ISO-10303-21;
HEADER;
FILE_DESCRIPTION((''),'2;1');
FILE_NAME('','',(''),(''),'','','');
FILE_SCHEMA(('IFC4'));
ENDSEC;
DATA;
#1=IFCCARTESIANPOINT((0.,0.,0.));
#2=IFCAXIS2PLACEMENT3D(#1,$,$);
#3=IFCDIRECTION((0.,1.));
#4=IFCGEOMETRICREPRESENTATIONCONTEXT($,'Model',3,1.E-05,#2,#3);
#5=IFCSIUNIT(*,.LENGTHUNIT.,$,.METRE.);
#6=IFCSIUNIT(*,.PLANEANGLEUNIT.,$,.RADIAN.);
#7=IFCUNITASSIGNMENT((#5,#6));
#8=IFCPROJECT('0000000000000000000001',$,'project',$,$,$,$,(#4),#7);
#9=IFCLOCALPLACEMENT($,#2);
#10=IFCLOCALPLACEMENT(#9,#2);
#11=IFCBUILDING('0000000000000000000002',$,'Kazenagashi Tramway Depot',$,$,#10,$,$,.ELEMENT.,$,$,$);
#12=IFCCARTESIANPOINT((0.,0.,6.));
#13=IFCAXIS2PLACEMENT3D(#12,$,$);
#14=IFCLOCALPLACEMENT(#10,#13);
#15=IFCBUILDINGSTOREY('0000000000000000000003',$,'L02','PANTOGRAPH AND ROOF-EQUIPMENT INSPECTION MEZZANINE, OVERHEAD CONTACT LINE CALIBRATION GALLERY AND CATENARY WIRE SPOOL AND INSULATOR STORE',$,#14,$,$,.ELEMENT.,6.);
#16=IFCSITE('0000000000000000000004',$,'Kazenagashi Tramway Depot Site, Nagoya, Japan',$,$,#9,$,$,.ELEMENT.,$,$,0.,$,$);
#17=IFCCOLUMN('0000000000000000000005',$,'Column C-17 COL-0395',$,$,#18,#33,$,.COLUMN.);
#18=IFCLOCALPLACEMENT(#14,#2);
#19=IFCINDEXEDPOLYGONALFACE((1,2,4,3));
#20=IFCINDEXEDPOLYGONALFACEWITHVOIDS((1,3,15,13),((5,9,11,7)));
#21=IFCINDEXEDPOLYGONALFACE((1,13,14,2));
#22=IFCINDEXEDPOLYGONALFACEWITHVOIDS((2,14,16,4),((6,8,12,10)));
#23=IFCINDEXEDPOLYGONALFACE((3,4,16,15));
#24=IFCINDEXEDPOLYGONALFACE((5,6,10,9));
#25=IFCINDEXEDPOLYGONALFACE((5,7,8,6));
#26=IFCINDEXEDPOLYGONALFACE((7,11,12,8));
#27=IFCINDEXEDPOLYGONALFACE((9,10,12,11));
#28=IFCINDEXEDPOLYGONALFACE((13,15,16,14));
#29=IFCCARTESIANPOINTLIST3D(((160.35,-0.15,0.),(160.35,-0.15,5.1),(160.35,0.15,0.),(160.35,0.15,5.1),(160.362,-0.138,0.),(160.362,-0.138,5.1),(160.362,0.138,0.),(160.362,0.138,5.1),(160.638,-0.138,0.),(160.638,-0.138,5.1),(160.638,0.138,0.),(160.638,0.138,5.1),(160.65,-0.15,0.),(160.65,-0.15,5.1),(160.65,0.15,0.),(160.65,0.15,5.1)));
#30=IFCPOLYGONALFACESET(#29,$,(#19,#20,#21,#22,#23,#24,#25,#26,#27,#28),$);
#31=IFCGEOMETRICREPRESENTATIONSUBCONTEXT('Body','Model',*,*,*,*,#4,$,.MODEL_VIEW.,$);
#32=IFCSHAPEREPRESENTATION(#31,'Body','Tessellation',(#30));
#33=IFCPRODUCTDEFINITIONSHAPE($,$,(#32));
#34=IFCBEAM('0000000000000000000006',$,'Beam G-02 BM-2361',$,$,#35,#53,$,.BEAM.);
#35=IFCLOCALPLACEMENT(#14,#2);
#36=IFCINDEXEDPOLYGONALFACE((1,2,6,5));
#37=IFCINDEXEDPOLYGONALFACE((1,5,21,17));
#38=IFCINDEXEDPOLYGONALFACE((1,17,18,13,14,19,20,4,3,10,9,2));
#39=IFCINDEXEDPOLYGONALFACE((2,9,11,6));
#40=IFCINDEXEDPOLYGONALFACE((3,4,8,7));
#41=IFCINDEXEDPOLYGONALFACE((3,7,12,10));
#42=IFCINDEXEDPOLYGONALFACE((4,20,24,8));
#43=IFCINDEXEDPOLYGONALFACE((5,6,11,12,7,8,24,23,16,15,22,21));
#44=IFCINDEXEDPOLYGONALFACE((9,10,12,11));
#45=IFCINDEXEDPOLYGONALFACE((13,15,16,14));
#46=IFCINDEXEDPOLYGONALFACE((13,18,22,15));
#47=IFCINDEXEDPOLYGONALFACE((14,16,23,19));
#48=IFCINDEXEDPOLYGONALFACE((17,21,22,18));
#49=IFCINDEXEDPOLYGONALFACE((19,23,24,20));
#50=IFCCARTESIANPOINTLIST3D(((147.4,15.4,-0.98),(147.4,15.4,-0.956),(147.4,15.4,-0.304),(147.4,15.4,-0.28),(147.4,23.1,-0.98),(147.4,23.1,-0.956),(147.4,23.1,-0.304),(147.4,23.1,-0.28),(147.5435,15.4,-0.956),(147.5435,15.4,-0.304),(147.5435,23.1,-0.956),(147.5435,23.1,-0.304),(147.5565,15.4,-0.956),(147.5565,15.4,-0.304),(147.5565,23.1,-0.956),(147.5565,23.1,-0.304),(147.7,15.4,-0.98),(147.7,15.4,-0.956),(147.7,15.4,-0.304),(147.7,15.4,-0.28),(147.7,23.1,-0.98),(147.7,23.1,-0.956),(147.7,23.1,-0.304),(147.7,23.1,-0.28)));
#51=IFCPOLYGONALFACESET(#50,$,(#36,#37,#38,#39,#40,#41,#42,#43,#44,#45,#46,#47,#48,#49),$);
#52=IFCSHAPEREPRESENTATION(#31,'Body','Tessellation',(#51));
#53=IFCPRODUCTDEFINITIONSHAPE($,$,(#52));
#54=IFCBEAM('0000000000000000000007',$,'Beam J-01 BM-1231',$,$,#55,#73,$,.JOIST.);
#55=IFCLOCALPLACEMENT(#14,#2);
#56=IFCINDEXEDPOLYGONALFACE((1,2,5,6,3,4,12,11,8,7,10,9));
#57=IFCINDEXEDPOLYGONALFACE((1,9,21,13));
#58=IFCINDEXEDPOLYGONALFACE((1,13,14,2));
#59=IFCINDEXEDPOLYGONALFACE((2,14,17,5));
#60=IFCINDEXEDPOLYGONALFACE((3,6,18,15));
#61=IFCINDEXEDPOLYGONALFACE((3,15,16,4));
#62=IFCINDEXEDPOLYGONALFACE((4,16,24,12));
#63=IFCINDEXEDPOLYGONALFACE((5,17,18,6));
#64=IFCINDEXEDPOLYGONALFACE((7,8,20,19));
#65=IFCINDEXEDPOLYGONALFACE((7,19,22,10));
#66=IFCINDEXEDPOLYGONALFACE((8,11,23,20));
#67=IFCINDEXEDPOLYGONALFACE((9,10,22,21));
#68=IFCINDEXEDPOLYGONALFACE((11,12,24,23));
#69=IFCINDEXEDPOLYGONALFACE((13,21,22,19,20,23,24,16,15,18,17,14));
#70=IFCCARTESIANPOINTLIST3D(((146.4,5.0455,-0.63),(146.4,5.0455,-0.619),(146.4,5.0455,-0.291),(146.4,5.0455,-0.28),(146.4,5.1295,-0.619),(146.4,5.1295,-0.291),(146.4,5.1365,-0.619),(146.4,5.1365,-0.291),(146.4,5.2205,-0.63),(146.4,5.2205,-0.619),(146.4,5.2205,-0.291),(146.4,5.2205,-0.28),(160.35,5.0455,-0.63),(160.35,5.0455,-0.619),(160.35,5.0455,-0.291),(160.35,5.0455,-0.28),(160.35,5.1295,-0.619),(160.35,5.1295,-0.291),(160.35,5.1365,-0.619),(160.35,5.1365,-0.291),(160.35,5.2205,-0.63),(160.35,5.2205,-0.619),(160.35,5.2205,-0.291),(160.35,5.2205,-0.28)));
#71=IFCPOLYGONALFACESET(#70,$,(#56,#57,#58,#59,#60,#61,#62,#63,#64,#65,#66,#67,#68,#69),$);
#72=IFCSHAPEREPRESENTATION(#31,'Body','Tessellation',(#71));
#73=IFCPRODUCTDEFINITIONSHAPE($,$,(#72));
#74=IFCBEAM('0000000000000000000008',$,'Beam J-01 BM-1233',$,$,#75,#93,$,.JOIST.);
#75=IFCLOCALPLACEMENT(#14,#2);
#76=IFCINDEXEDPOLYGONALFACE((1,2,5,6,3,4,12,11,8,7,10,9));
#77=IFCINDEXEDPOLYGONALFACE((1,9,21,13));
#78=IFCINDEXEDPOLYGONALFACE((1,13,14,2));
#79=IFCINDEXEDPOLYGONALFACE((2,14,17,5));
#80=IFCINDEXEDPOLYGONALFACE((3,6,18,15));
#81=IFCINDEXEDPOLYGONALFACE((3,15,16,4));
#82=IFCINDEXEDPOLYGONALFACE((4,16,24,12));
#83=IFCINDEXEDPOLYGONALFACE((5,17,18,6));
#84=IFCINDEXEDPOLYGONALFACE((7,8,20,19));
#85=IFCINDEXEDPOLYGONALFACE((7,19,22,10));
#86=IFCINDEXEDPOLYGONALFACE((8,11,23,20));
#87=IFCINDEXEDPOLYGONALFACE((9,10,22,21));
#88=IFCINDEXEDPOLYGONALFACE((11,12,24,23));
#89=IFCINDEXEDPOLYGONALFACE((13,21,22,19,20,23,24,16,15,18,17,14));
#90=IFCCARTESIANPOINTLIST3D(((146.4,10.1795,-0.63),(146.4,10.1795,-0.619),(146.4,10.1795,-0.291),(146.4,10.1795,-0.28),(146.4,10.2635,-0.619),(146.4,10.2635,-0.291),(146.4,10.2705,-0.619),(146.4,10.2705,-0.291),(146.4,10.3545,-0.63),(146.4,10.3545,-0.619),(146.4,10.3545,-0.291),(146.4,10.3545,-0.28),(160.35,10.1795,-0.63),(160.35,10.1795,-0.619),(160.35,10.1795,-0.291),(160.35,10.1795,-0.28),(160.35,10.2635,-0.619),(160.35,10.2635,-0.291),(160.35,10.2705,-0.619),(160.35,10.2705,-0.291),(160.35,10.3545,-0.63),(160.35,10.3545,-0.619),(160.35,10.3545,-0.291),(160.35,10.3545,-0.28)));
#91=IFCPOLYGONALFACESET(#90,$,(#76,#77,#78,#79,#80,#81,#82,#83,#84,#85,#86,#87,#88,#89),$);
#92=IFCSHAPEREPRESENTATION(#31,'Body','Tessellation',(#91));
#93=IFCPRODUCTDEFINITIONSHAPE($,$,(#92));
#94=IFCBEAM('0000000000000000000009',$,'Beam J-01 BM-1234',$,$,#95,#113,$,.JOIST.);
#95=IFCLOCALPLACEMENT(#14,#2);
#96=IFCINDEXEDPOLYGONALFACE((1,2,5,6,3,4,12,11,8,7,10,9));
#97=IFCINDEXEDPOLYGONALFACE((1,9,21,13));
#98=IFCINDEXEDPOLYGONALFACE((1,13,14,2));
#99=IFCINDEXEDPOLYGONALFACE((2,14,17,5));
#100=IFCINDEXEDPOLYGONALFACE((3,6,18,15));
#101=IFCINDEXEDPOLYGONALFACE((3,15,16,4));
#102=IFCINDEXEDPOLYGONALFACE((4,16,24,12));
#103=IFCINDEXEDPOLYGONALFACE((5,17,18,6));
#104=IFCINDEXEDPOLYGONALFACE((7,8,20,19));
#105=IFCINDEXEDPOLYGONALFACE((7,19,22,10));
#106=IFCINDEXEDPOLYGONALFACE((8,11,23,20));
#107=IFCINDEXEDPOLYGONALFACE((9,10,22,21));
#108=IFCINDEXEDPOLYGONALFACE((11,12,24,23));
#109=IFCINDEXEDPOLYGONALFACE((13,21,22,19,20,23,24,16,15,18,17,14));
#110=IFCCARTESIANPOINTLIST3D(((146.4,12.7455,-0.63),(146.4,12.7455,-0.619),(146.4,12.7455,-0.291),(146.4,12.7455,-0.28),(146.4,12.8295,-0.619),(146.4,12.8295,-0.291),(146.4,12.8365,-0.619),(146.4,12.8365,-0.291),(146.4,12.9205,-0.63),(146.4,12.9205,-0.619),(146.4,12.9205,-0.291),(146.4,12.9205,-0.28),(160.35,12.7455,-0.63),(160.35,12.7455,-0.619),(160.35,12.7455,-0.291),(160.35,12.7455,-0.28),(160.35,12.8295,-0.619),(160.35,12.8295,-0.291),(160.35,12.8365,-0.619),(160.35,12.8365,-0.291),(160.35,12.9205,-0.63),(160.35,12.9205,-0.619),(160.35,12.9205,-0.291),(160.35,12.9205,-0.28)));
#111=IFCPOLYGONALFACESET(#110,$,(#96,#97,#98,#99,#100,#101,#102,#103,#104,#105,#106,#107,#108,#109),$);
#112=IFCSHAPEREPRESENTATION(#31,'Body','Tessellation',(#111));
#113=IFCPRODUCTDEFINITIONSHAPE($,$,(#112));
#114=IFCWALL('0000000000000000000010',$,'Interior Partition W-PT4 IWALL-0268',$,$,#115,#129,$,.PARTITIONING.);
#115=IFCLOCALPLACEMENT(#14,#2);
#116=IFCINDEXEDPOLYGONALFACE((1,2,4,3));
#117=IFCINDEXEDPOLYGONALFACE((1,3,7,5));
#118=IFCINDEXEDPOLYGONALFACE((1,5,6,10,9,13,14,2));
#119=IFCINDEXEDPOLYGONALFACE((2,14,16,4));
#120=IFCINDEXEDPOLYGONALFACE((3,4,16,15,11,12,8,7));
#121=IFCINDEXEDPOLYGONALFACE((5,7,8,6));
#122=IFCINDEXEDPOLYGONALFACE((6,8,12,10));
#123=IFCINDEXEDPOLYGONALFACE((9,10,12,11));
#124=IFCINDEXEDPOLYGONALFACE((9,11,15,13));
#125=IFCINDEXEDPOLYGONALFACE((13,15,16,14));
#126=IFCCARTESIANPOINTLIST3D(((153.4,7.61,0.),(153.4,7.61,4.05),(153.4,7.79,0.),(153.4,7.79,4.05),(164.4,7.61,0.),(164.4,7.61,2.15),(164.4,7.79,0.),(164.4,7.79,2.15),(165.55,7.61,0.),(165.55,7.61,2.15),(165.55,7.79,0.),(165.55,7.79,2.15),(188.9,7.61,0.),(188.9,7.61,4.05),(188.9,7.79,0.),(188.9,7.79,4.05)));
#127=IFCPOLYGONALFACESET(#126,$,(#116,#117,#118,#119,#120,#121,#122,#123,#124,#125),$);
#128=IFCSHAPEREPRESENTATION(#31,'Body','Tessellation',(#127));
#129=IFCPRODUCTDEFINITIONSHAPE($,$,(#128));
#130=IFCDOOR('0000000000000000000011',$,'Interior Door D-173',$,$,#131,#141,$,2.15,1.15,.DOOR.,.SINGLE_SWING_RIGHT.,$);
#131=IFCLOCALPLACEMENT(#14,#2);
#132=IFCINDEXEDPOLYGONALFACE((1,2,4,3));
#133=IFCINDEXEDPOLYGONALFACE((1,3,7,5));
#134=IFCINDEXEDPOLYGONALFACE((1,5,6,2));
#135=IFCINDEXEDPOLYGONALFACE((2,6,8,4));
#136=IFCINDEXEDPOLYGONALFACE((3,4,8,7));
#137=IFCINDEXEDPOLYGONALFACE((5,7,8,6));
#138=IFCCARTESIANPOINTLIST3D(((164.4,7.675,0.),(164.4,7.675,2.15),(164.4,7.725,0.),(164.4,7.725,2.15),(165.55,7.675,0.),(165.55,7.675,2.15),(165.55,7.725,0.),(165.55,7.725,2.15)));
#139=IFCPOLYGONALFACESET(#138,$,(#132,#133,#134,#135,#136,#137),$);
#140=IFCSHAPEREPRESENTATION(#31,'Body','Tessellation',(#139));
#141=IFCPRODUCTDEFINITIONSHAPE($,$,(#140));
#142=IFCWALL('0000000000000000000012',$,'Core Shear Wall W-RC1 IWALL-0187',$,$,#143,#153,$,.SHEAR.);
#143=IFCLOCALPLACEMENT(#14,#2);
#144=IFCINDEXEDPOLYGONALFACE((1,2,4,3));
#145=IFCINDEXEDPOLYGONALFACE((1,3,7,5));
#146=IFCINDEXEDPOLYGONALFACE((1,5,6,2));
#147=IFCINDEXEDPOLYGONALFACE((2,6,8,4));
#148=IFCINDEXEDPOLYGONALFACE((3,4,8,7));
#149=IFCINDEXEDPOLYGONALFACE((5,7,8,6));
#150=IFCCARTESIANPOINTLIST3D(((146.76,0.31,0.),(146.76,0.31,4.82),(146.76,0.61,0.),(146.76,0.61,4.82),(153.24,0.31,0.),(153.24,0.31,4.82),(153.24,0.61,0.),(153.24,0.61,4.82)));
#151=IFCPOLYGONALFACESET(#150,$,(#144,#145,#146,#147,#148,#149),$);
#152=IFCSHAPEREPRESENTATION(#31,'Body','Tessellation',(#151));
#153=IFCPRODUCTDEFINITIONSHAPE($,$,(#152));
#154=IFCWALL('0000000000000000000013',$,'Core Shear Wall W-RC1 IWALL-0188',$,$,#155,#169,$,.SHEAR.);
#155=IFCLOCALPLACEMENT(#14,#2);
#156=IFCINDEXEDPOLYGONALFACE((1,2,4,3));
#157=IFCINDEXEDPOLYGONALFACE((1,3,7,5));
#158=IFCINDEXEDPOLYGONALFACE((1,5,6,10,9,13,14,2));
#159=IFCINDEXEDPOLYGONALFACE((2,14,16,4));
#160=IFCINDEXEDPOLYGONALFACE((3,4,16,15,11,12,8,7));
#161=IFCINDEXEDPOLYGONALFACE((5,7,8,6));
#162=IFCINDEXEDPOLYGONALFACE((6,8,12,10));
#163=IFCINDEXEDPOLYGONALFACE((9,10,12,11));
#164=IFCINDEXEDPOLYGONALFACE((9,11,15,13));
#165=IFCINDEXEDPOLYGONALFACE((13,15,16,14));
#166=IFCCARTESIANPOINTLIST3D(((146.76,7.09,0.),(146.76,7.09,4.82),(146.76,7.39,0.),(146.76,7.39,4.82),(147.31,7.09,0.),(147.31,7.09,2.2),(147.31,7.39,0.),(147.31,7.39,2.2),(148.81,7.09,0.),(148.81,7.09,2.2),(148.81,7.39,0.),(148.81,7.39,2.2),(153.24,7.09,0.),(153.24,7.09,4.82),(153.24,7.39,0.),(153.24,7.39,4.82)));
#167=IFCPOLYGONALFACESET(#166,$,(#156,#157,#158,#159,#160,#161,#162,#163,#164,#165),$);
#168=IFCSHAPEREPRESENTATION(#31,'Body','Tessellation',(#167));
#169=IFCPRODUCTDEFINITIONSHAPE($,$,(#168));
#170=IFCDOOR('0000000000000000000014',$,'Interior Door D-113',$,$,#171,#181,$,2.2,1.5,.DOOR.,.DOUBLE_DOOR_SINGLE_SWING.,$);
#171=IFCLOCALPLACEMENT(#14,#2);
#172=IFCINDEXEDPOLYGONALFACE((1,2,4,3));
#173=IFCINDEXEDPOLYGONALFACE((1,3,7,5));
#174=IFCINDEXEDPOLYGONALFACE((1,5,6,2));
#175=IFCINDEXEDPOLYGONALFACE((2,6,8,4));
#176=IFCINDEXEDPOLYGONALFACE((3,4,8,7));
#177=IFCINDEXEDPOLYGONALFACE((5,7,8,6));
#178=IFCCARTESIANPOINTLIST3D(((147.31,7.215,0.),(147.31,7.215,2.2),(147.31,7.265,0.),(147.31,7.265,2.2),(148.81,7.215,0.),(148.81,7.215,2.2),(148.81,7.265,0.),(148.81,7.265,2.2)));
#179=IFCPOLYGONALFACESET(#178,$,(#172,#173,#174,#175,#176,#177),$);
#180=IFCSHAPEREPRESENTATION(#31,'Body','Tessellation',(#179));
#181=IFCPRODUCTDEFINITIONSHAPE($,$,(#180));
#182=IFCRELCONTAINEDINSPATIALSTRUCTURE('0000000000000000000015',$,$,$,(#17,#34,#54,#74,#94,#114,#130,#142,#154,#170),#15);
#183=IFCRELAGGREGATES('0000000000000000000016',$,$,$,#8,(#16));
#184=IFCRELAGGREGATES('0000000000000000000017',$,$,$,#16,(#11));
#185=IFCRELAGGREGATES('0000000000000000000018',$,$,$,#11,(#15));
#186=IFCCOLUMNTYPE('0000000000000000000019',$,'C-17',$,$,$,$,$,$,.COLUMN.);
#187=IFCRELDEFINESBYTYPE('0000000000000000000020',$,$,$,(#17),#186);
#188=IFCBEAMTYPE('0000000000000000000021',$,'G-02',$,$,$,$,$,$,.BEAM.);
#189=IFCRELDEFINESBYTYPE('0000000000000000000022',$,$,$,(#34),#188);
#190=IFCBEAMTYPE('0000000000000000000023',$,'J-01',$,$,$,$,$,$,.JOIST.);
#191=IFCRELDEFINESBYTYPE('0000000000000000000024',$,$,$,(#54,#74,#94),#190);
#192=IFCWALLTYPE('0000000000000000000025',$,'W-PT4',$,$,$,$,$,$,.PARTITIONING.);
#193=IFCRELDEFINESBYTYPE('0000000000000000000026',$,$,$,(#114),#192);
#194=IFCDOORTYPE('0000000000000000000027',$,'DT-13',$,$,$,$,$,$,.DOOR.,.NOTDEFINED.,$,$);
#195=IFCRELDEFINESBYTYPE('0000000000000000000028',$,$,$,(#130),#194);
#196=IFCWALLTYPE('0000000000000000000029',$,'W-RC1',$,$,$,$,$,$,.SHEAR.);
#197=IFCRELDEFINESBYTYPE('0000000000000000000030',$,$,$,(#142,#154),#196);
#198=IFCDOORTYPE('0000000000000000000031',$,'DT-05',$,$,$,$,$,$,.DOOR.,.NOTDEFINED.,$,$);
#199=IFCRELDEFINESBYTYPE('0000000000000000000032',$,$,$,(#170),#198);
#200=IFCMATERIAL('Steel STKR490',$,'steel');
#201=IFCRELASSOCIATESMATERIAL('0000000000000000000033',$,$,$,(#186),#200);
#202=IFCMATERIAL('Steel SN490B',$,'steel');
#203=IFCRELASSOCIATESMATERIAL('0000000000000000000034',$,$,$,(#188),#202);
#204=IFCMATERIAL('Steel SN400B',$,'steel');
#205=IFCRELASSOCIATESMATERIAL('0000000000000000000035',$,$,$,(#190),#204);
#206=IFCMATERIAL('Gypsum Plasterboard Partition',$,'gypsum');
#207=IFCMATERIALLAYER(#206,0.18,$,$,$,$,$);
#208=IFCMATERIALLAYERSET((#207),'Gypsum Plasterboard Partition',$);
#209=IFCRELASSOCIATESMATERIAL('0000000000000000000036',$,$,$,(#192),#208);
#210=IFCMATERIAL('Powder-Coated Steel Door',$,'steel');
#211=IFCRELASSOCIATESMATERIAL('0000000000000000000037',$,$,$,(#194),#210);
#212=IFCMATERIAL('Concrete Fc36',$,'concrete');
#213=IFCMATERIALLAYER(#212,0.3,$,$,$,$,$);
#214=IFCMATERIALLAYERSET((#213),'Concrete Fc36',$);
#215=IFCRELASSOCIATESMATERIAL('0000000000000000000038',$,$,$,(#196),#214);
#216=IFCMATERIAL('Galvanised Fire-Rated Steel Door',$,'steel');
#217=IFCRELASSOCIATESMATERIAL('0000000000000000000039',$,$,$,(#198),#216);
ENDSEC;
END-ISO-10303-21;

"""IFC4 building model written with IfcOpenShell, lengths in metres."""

from ifc_helpers import new_model, si_unit, direction, frame, frame_2d, origin, origin_2d, place, context, subcontext, project, spatial, rectangle, hollow_rectangle, i_section, extrude, material, layer, layer_set, material_profile, profile_set, type_object, element, fill, save


model = new_model("IFC4")

# Units and contexts
model_context = context("Model", 3, precision=1e-05, world=origin(), true_north=direction((0.0, 1.0)))
body_context = subcontext(model_context, "Body", "Model", "MODEL_VIEW")
ifc_project = project(units=[si_unit("LENGTHUNIT", "METRE"), si_unit("PLANEANGLEUNIT", "RADIAN")], contexts=[model_context])

# Site, building, storey
site_placement = place(None, origin())
site = spatial("IfcSite", under=ifc_project, at=site_placement, Name="Kazenagashi Tramway Depot Site, Nagoya, Japan", CompositionType="ELEMENT", RefElevation=0.0)
building_placement = place(site_placement, origin())
building = spatial("IfcBuilding", under=site, at=building_placement, Name="Kazenagashi Tramway Depot", CompositionType="ELEMENT")
storey_placement = place(building_placement, frame((0.0, 0.0, 6.0)))
storey = spatial("IfcBuildingStorey", under=building, at=storey_placement, Name="L02", Description="PANTOGRAPH AND ROOF-EQUIPMENT INSPECTION MEZZANINE, OVERHEAD CONTACT LINE CALIBRATION GALLERY AND CATENARY WIRE SPOOL AND INSULATOR STORE", CompositionType="ELEMENT", Elevation=6.0)

# Column
ifc_material_1 = material(Name="Steel STKR490", Category="steel")
ifc_material_profile_1 = material_profile(ifc_material_1, hollow_rectangle(XDim=0.3, YDim=0.3, WallThickness=0.012, at=origin_2d()), Name="SHS-300x300x12")
ifc_profile_set_1 = profile_set([ifc_material_profile_1], Name="Steel STKR490")
column_type = type_object("IfcColumnType", Name="C-17", PredefinedType="COLUMN", material=ifc_profile_set_1)
column_placement = place(storey_placement, frame((160.5, 0.0, 0.0), z_axis=(0.0, 0.0, 1.0), x_axis=(1.0, 0.0, 0.0)))
element("IfcColumn", 1, at=column_placement, inside=storey, type_object=column_type, Name="Column C-17 COL-0395", PredefinedType="COLUMN", context=body_context, shape_type="SweptSolid", body=[
    extrude(hollow_rectangle(XDim=0.3, YDim=0.3, WallThickness=0.012, at=origin_2d()), origin(), (0.0, 0.0, 1.0), 5.1),
])

# Beams
ifc_material_2 = material(Name="Steel SN490B", Category="steel")
ifc_material_profile_2 = material_profile(ifc_material_2, i_section(OverallWidth=0.3, OverallDepth=0.7, WebThickness=0.013, FlangeThickness=0.024, at=origin_2d()), Name="H-700x300x13x24")
ifc_profile_set_2 = profile_set([ifc_material_profile_2], Name="Steel SN490B")
beam_type_1 = type_object("IfcBeamType", Name="G-02", PredefinedType="BEAM", material=ifc_profile_set_2)
beam_placement = place(storey_placement, frame((147.55, 15.4, -0.63), z_axis=(0.0, 1.0, 0.0), x_axis=(-1.0, 0.0, 0.0)))
element("IfcBeam", 2, at=beam_placement, inside=storey, type_object=beam_type_1, Name="Beam G-02 BM-2361", PredefinedType="BEAM", context=body_context, shape_type="SweptSolid", body=[
    extrude(i_section(OverallWidth=0.3, OverallDepth=0.7, WebThickness=0.013, FlangeThickness=0.024, at=origin_2d()), origin(), (0.0, 0.0, 1.0), 7.7),
])
ifc_material_3 = material(Name="Steel SN400B", Category="steel")
ifc_material_profile_3 = material_profile(ifc_material_3, i_section(OverallWidth=0.175, OverallDepth=0.35, WebThickness=0.007, FlangeThickness=0.011, at=origin_2d()), Name="H-350x175x7x11")
ifc_profile_set_3 = profile_set([ifc_material_profile_3], Name="Steel SN400B")
beam_type_2 = type_object("IfcBeamType", Name="J-01", PredefinedType="JOIST", material=ifc_profile_set_3)
for number, where, z_axis, x_axis, name in (
    (3, (146.4, 5.133, -0.455), (1.0, 0.0, 0.0), (0.0, 1.0, 0.0), "Beam J-01 BM-1231"),
    (4, (146.4, 10.267, -0.455), (1.0, 0.0, 0.0), (0.0, 1.0, 0.0), "Beam J-01 BM-1233"),
    (5, (146.4, 12.833, -0.455), (1.0, 0.0, 0.0), (0.0, 1.0, 0.0), "Beam J-01 BM-1234"),
):
    element("IfcBeam", number, at=place(storey_placement, frame(where, z_axis=z_axis, x_axis=x_axis)), inside=storey, type_object=beam_type_2, Name=name, PredefinedType="JOIST", context=body_context, shape_type="SweptSolid", body=[
        extrude(i_section(OverallWidth=0.175, OverallDepth=0.35, WebThickness=0.007, FlangeThickness=0.011, at=origin_2d()), origin(), (0.0, 0.0, 1.0), 13.95),
    ])

# Wall, opening, door
ifc_material_4 = material(Name="Gypsum Plasterboard Partition", Category="gypsum")
ifc_layer_1 = layer(ifc_material_4, 0.18)
ifc_layer_set_1 = layer_set([ifc_layer_1], Name="Gypsum Plasterboard Partition")
wall_type_1 = type_object("IfcWallType", Name="W-PT4", PredefinedType="PARTITIONING", material=ifc_layer_set_1)
wall_1_placement = place(storey_placement, frame((153.4, 7.7, 0.0), z_axis=(0.0, 0.0, 1.0), x_axis=(1.0, 0.0, 0.0)))
wall_1 = element("IfcWall", 6, at=wall_1_placement, inside=storey, type_object=wall_type_1, Name="Interior Partition W-PT4 IWALL-0268", PredefinedType="PARTITIONING", context=body_context, shape_type="SweptSolid", body=[
    extrude(rectangle(XDim=35.5, YDim=0.18, at=frame_2d((17.75, 0.0))), origin(), (0.0, 0.0, 1.0), 4.05),
])
opening_1_placement = place(wall_1_placement, frame((11.0, 0.0, 0.0)))
opening_1 = element("IfcOpeningElement", 7, at=opening_1_placement, cuts=wall_1, PredefinedType="OPENING", context=body_context, shape_type="SweptSolid", body=[
    extrude(rectangle(XDim=1.15, YDim=2.15, at=frame_2d((0.575, 1.075))), frame((0.0, 0.1, 0.0), z_axis=(0.0, -1.0, 0.0), x_axis=(1.0, 0.0, 0.0)), (0.0, 0.0, 1.0), 0.2),
])
ifc_material_5 = material(Name="Powder-Coated Steel Door", Category="steel")
door_type_1 = type_object("IfcDoorType", Name="DT-13", OperationType="NOTDEFINED", PredefinedType="DOOR", material=ifc_material_5)
door_1_placement = place(opening_1_placement, origin())
door_1 = element("IfcDoor", 8, at=door_1_placement, inside=storey, type_object=door_type_1, Name="Interior Door D-173", OperationType="SINGLE_SWING_RIGHT", OverallHeight=2.15, OverallWidth=1.15, PredefinedType="DOOR", context=body_context, shape_type="SweptSolid", body=[
    extrude(rectangle(XDim=1.15, YDim=2.15, at=frame_2d((0.575, 1.075))), frame((0.0, 0.025, 0.0), z_axis=(0.0, -1.0, 0.0), x_axis=(1.0, 0.0, 0.0)), (0.0, 0.0, 1.0), 0.05),
])
fill(opening_1, door_1)

# Wall
ifc_material_6 = material(Name="Concrete Fc36", Category="concrete")
ifc_layer_2 = layer(ifc_material_6, 0.3)
ifc_layer_set_2 = layer_set([ifc_layer_2], Name="Concrete Fc36")
wall_type_2 = type_object("IfcWallType", Name="W-RC1", PredefinedType="SHEAR", material=ifc_layer_set_2)
wall_2_placement = place(storey_placement, frame((146.76, 0.46, 0.0), z_axis=(0.0, 0.0, 1.0), x_axis=(1.0, 0.0, 0.0)))
element("IfcWall", 9, at=wall_2_placement, inside=storey, type_object=wall_type_2, Name="Core Shear Wall W-RC1 IWALL-0187", PredefinedType="SHEAR", context=body_context, shape_type="SweptSolid", body=[
    extrude(rectangle(XDim=6.48, YDim=0.3, at=frame_2d((3.24, 0.0))), origin(), (0.0, 0.0, 1.0), 4.82),
])

# Wall, opening, door
wall_3_placement = place(storey_placement, frame((146.76, 7.24, 0.0), z_axis=(0.0, 0.0, 1.0), x_axis=(1.0, 0.0, 0.0)))
wall_3 = element("IfcWall", 10, at=wall_3_placement, inside=storey, type_object=wall_type_2, Name="Core Shear Wall W-RC1 IWALL-0188", PredefinedType="SHEAR", context=body_context, shape_type="SweptSolid", body=[
    extrude(rectangle(XDim=6.48, YDim=0.3, at=frame_2d((3.24, 0.0))), origin(), (0.0, 0.0, 1.0), 4.82),
])
opening_2_placement = place(wall_3_placement, frame((0.55, 0.0, 0.0)))
opening_2 = element("IfcOpeningElement", 11, at=opening_2_placement, cuts=wall_3, PredefinedType="OPENING", context=body_context, shape_type="SweptSolid", body=[
    extrude(rectangle(XDim=1.5, YDim=2.2, at=frame_2d((0.75, 1.1))), frame((0.0, 0.16, 0.0), z_axis=(0.0, -1.0, 0.0), x_axis=(1.0, 0.0, 0.0)), (0.0, 0.0, 1.0), 0.32),
])
ifc_material_7 = material(Name="Galvanised Fire-Rated Steel Door", Category="steel")
door_type_2 = type_object("IfcDoorType", Name="DT-05", OperationType="NOTDEFINED", PredefinedType="DOOR", material=ifc_material_7)
door_2_placement = place(opening_2_placement, origin())
door_2 = element("IfcDoor", 12, at=door_2_placement, inside=storey, type_object=door_type_2, Name="Interior Door D-113", OperationType="DOUBLE_DOOR_SINGLE_SWING", OverallHeight=2.2, OverallWidth=1.5, PredefinedType="DOOR", context=body_context, shape_type="SweptSolid", body=[
    extrude(rectangle(XDim=1.5, YDim=2.2, at=frame_2d((0.75, 1.1))), frame((0.0, 0.025, 0.0), z_axis=(0.0, -1.0, 0.0), x_axis=(1.0, 0.0, 0.0)), (0.0, 0.0, 1.0), 0.05),
])
fill(opening_2, door_2)

save(model, "model.ifc")
